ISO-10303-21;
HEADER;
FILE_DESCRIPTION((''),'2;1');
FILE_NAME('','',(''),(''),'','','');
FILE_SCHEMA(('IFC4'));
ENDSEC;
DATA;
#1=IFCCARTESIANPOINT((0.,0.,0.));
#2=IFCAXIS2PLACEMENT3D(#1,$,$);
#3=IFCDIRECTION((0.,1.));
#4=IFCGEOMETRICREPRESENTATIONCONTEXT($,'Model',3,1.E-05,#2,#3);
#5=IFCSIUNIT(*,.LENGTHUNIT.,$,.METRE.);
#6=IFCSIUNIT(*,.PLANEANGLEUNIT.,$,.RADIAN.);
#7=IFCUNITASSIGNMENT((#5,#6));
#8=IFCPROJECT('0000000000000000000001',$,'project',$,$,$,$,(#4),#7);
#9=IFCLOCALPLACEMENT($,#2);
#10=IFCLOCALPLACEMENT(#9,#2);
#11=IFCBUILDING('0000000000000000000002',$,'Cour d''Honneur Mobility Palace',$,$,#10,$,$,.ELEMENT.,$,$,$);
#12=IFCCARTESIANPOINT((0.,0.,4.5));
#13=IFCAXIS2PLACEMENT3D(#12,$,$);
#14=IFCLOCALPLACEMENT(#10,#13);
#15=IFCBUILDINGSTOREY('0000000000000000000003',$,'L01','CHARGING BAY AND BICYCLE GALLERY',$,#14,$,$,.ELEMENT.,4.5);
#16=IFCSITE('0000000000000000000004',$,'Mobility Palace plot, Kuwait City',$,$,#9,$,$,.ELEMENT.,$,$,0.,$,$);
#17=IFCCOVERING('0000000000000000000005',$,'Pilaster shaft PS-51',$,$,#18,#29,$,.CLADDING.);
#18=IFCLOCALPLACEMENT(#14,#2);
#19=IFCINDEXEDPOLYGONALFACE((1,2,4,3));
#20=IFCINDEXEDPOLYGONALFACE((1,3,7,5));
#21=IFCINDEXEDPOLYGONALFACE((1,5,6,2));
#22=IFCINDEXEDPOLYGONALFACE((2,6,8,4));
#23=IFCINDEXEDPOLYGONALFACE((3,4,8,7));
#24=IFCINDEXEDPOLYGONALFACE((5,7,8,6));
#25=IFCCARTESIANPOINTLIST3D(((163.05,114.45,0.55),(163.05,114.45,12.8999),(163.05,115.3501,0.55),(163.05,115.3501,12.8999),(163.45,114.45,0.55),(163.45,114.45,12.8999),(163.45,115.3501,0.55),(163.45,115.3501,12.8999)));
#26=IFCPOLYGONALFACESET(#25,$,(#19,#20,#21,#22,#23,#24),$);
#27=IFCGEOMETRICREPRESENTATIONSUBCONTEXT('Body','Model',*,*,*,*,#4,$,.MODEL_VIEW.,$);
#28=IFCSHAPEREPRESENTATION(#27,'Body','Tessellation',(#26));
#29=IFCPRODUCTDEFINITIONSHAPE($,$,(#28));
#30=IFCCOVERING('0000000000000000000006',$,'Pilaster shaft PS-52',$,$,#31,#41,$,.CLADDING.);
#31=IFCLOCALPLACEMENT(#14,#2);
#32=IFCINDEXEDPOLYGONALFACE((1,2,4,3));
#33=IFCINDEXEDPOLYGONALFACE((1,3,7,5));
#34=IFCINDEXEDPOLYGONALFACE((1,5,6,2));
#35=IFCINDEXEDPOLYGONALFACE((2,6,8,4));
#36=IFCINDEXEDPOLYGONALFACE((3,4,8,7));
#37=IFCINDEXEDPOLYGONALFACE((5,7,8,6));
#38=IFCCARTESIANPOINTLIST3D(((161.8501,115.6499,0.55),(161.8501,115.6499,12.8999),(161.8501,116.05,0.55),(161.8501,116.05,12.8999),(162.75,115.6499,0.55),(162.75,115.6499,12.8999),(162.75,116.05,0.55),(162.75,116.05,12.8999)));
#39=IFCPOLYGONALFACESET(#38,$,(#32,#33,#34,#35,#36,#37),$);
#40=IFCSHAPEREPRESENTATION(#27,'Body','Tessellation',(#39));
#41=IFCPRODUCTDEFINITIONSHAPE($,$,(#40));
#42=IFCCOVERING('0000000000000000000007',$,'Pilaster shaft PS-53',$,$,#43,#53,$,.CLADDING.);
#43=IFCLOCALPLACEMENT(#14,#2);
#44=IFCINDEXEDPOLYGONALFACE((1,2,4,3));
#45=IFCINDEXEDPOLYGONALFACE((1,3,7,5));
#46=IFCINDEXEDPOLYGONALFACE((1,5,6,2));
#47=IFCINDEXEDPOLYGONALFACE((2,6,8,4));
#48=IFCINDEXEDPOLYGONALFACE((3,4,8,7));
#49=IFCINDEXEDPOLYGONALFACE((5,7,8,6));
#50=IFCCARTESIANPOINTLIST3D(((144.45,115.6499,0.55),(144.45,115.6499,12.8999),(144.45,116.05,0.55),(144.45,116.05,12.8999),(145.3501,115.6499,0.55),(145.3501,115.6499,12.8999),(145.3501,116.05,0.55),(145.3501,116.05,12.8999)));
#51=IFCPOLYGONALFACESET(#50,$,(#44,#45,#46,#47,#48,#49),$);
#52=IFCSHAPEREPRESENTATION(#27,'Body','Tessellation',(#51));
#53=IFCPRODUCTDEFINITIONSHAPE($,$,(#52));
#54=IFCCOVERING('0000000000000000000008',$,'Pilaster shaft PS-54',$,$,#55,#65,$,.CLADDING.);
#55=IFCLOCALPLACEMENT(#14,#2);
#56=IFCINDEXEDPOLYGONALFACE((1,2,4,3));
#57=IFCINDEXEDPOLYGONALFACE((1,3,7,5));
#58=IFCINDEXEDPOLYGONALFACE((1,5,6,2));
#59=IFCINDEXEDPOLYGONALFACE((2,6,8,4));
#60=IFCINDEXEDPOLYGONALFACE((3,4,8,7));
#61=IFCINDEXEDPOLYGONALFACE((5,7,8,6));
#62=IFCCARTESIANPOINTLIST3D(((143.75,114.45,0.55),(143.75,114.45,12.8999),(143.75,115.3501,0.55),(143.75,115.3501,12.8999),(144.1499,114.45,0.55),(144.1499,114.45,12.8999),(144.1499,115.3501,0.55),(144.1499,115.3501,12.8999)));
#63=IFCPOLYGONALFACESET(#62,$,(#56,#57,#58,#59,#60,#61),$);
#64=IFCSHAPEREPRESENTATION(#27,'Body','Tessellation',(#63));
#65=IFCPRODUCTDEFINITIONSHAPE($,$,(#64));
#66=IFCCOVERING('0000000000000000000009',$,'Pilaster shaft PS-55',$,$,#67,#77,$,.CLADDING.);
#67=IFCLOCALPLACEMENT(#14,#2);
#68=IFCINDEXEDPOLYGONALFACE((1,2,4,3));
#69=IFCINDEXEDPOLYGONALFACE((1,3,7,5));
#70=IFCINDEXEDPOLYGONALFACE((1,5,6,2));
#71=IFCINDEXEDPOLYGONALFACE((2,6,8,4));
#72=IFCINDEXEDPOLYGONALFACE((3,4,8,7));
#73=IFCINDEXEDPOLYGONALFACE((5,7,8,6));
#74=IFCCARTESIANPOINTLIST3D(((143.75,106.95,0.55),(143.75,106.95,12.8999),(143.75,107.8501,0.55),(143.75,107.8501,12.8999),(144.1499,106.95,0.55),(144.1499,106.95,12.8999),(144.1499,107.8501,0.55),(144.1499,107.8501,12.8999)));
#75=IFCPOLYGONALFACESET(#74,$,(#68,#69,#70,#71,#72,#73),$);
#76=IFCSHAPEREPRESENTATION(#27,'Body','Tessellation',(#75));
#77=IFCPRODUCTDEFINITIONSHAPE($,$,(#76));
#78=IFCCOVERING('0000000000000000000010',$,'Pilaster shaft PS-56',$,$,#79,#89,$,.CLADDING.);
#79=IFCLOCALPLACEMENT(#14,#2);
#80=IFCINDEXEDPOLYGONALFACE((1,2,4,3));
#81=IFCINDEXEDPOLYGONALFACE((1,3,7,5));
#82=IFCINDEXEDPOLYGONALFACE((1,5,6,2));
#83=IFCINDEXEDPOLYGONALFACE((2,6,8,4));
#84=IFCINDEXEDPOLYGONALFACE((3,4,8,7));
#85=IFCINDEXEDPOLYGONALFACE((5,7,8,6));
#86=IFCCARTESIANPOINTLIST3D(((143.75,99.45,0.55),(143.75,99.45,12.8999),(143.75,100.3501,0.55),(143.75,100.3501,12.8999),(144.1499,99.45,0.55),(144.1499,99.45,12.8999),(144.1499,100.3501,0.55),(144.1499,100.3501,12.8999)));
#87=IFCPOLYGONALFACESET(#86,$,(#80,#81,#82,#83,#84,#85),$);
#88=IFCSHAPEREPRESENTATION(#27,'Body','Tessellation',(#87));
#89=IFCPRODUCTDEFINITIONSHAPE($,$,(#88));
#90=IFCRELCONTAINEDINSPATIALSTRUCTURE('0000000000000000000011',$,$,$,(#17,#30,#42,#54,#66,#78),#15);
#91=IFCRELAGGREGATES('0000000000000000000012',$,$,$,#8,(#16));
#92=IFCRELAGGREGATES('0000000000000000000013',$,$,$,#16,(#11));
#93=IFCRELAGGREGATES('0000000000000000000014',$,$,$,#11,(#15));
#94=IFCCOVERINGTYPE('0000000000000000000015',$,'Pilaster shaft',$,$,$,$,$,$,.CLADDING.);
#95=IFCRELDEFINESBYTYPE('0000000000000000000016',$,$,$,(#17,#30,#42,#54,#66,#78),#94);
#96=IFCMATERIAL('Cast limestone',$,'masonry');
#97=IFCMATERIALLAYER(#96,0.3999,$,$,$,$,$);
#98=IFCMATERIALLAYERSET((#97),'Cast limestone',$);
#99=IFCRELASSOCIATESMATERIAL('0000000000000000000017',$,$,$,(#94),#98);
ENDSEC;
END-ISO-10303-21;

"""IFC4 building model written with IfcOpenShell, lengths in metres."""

from ifc_helpers import new_model, si_unit, direction, frame, origin, place, context, subcontext, project, spatial, polyline, outline, extrude, material, layer, layer_set, type_object, element, save


model = new_model("IFC4")

# Units and contexts
model_context = context("Model", 3, precision=1e-05, world=origin(), true_north=direction((0.0, 1.0)))
body_context = subcontext(model_context, "Body", "Model", "MODEL_VIEW")
ifc_project = project(units=[si_unit("LENGTHUNIT", "METRE"), si_unit("PLANEANGLEUNIT", "RADIAN")], contexts=[model_context])

# Site, building, storey
site_placement = place(None, origin())
site = spatial("IfcSite", under=ifc_project, at=site_placement, Name="Mobility Palace plot, Kuwait City", CompositionType="ELEMENT", RefElevation=0.0)
building_placement = place(site_placement, origin())
building = spatial("IfcBuilding", under=site, at=building_placement, Name="Cour d'Honneur Mobility Palace", CompositionType="ELEMENT")
storey_placement = place(building_placement, frame((0.0, 0.0, 4.5)))
storey = spatial("IfcBuildingStorey", under=building, at=storey_placement, Name="L01", Description="CHARGING BAY AND BICYCLE GALLERY", CompositionType="ELEMENT", Elevation=4.5)

# Coverings
ifc_material = material(Name="Cast limestone", Category="masonry")
ifc_layer = layer(ifc_material, 0.3999)
ifc_layer_set = layer_set([ifc_layer], Name="Cast limestone")
covering_type = type_object("IfcCoveringType", Name="Pilaster shaft", PredefinedType="CLADDING", material=ifc_layer_set)
covering_1_placement = place(storey_placement, frame((0.0, 0.0, 0.55)))
element("IfcCovering", 1, at=covering_1_placement, inside=storey, type_object=covering_type, Name="Pilaster shaft PS-51", PredefinedType="CLADDING", context=body_context, shape_type="SweptSolid", body=[
    extrude(outline(polyline([(163.05, 114.45), (163.05, 115.3501), (163.45, 115.3501), (163.45, 114.45), (163.05, 114.45)])), origin(), (0.0, 0.0, 1.0), 12.3499),
])
covering_2_placement = place(storey_placement, frame((0.0, 0.0, 0.55)))
element("IfcCovering", 2, at=covering_2_placement, inside=storey, type_object=covering_type, Name="Pilaster shaft PS-52", PredefinedType="CLADDING", context=body_context, shape_type="SweptSolid", body=[
    extrude(outline(polyline([(162.75, 115.6499), (161.8501, 115.6499), (161.8501, 116.05), (162.75, 116.05), (162.75, 115.6499)])), origin(), (0.0, 0.0, 1.0), 12.3499),
])
covering_3_placement = place(storey_placement, frame((0.0, 0.0, 0.55)))
element("IfcCovering", 3, at=covering_3_placement, inside=storey, type_object=covering_type, Name="Pilaster shaft PS-53", PredefinedType="CLADDING", context=body_context, shape_type="SweptSolid", body=[
    extrude(outline(polyline([(145.3501, 115.6499), (144.45, 115.6499), (144.45, 116.05), (145.3501, 116.05), (145.3501, 115.6499)])), origin(), (0.0, 0.0, 1.0), 12.3499),
])
covering_4_placement = place(storey_placement, frame((0.0, 0.0, 0.55)))
element("IfcCovering", 4, at=covering_4_placement, inside=storey, type_object=covering_type, Name="Pilaster shaft PS-54", PredefinedType="CLADDING", context=body_context, shape_type="SweptSolid", body=[
    extrude(outline(polyline([(144.1499, 115.3501), (144.1499, 114.45), (143.75, 114.45), (143.75, 115.3501), (144.1499, 115.3501)])), origin(), (0.0, 0.0, 1.0), 12.3499),
])
covering_5_placement = place(storey_placement, frame((0.0, 0.0, 0.55)))
element("IfcCovering", 5, at=covering_5_placement, inside=storey, type_object=covering_type, Name="Pilaster shaft PS-55", PredefinedType="CLADDING", context=body_context, shape_type="SweptSolid", body=[
    extrude(outline(polyline([(144.1499, 107.8501), (144.1499, 106.95), (143.75, 106.95), (143.75, 107.8501), (144.1499, 107.8501)])), origin(), (0.0, 0.0, 1.0), 12.3499),
])
covering_6_placement = place(storey_placement, frame((0.0, 0.0, 0.55)))
element("IfcCovering", 6, at=covering_6_placement, inside=storey, type_object=covering_type, Name="Pilaster shaft PS-56", PredefinedType="CLADDING", context=body_context, shape_type="SweptSolid", body=[
    extrude(outline(polyline([(144.1499, 100.3501), (144.1499, 99.45), (143.75, 99.45), (143.75, 100.3501), (144.1499, 100.3501)])), origin(), (0.0, 0.0, 1.0), 12.3499),
])

save(model, "model.ifc")
